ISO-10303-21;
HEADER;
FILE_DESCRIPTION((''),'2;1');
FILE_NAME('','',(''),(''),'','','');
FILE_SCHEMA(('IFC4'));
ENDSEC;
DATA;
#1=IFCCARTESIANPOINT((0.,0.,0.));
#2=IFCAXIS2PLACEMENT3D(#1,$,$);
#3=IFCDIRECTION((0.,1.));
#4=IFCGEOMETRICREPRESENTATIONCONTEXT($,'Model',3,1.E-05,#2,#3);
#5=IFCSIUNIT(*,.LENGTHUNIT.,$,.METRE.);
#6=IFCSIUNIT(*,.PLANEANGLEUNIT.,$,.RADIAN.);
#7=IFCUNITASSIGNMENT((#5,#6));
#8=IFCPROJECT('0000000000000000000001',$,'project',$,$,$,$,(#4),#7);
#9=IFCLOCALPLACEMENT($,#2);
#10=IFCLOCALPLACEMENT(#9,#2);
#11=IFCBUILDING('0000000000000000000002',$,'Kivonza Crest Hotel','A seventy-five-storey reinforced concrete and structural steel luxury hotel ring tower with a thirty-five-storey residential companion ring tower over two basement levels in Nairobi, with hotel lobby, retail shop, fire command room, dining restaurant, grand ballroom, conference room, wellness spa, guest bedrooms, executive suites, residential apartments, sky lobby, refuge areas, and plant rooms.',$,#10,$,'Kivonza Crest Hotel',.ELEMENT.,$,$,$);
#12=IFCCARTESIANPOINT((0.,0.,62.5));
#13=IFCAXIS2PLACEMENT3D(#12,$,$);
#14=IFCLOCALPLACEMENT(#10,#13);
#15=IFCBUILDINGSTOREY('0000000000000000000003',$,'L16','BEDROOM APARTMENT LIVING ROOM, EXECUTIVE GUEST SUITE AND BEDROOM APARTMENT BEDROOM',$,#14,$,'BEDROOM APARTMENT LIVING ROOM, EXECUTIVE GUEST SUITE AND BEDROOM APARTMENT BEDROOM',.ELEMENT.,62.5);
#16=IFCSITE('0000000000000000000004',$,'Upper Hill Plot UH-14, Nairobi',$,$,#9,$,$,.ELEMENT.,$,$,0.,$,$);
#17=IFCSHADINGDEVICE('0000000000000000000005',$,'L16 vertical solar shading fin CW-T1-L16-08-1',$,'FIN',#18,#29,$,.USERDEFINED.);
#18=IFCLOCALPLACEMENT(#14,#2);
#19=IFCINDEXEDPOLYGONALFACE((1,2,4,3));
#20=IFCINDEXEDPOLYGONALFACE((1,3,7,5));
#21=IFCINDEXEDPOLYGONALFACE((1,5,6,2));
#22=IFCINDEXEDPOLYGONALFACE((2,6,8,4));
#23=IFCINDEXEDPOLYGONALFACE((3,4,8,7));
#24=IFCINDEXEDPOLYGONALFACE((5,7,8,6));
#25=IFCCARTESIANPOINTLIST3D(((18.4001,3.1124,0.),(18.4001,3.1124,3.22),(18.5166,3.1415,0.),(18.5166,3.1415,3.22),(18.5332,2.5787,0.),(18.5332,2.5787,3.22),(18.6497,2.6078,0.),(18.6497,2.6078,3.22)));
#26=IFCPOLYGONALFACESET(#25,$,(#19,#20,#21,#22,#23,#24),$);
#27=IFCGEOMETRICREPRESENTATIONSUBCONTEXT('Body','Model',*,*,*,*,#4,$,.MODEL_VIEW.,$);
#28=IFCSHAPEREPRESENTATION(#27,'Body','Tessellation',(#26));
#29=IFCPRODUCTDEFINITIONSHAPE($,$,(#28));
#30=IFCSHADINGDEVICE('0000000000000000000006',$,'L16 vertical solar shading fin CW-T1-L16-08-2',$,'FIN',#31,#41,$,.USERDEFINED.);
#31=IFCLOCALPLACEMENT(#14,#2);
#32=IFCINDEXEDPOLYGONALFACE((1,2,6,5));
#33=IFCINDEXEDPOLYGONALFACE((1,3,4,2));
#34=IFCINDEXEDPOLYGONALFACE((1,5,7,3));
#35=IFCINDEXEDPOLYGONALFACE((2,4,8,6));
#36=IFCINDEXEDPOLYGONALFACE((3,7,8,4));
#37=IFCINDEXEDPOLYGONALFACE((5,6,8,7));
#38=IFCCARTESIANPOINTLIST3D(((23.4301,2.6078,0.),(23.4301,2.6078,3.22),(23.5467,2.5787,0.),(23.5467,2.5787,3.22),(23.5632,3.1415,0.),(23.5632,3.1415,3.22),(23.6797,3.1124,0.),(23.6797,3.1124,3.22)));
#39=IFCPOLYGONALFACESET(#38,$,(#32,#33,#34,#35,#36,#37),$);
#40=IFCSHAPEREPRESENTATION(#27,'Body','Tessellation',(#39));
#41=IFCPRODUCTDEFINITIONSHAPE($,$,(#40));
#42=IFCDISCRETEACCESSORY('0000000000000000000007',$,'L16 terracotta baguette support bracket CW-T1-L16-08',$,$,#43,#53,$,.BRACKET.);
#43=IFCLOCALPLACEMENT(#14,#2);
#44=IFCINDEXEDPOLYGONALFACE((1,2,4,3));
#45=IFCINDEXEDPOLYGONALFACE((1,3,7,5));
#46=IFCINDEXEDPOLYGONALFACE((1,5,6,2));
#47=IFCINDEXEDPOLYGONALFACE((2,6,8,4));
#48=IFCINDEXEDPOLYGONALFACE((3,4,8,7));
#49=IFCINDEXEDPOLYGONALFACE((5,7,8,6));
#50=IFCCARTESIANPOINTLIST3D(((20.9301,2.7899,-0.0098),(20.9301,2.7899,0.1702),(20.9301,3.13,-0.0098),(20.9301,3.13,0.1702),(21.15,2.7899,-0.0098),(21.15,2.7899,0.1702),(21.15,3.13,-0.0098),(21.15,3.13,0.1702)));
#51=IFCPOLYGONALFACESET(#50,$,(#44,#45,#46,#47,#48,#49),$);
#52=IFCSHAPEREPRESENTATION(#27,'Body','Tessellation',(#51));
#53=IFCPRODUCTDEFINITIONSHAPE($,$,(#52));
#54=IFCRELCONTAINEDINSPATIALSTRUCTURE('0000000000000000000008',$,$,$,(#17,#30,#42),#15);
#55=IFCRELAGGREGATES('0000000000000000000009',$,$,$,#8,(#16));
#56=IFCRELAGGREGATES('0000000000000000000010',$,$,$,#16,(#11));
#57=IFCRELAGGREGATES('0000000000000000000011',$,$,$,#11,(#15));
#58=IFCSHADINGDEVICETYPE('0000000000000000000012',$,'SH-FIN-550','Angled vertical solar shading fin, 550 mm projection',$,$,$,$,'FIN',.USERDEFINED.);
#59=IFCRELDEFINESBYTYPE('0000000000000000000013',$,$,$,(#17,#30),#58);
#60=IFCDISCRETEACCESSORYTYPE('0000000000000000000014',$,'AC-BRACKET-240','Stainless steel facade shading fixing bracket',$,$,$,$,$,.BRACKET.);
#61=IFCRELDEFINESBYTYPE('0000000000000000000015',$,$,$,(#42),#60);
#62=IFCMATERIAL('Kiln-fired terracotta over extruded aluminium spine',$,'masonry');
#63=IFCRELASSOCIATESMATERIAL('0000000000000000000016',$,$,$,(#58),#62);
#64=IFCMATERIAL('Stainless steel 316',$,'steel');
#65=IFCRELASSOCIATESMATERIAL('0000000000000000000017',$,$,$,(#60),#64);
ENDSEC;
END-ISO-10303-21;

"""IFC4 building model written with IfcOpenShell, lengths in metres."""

from ifc_helpers import new_model, si_unit, direction, frame, origin, origin_2d, place, context, subcontext, project, spatial, rectangle, extrude, material, type_object, element, save


model = new_model("IFC4")

# Units and contexts
model_context = context("Model", 3, precision=1e-05, world=origin(), true_north=direction((0.0, 1.0)))
body_context = subcontext(model_context, "Body", "Model", "MODEL_VIEW")
ifc_project = project(units=[si_unit("LENGTHUNIT", "METRE"), si_unit("PLANEANGLEUNIT", "RADIAN")], contexts=[model_context])

# Site, building, storey
site_placement = place(None, origin())
site = spatial("IfcSite", under=ifc_project, at=site_placement, Name="Upper Hill Plot UH-14, Nairobi", CompositionType="ELEMENT", RefElevation=0.0)
building_placement = place(site_placement, origin())
building = spatial("IfcBuilding", under=site, at=building_placement, Name="Kivonza Crest Hotel", Description="A seventy-five-storey reinforced concrete and structural steel luxury hotel ring tower with a thirty-five-storey residential companion ring tower over two basement levels in Nairobi, with hotel lobby, retail shop, fire command room, dining restaurant, grand ballroom, conference room, wellness spa, guest bedrooms, executive suites, residential apartments, sky lobby, refuge areas, and plant rooms.", LongName="Kivonza Crest Hotel", CompositionType="ELEMENT")
storey_placement = place(building_placement, frame((0.0, 0.0, 62.5)))
storey = spatial("IfcBuildingStorey", under=building, at=storey_placement, Name="L16", Description="BEDROOM APARTMENT LIVING ROOM, EXECUTIVE GUEST SUITE AND BEDROOM APARTMENT BEDROOM", LongName="BEDROOM APARTMENT LIVING ROOM, EXECUTIVE GUEST SUITE AND BEDROOM APARTMENT BEDROOM", CompositionType="ELEMENT", Elevation=62.5)

# Shading devices
ifc_material_1 = material(Name="Kiln-fired terracotta over extruded aluminium spine", Category="masonry")
shading_device_type_1 = type_object("IfcShadingDeviceType", Name="SH-FIN-550", Description="Angled vertical solar shading fin, 550 mm projection", ElementType="FIN", PredefinedType="USERDEFINED", material=ifc_material_1)
for number, where, z_axis, x_axis, name in (
    (1, (18.5249, 2.8601, 0.0), (0.0, 0.0, 1.0), (0.970296, 0.241922, 0.0), "L16 vertical solar shading fin CW-T1-L16-08-1"),
    (2, (23.5549, 2.8601, 0.0), (0.0, 0.0, 1.0), (0.970296, -0.241922, 0.0), "L16 vertical solar shading fin CW-T1-L16-08-2"),
):
    element("IfcShadingDevice", number, at=place(storey_placement, frame(where, z_axis=z_axis, x_axis=x_axis)), inside=storey, type_object=shading_device_type_1, Name=name, ObjectType="FIN", PredefinedType="USERDEFINED", context=body_context, shape_type="SweptSolid", body=[
        extrude(rectangle(XDim=0.1201, YDim=0.55, at=origin_2d()), origin(), (0.0, 0.0, 1.0), 3.22),
    ])

# Discrete accessory
ifc_material_2 = material(Name="Stainless steel 316", Category="steel")
discrete_accessory_type = type_object("IfcDiscreteAccessoryType", Name="AC-BRACKET-240", Description="Stainless steel facade shading fixing bracket", PredefinedType="BRACKET", material=ifc_material_2)
discrete_accessory_placement = place(storey_placement, frame((21.04, 2.96, -0.0098), z_axis=(0.0, 0.0, 1.0), x_axis=(1.0, 0.0, 0.0)))
element("IfcDiscreteAccessory", 3, at=discrete_accessory_placement, inside=storey, type_object=discrete_accessory_type, Name="L16 terracotta baguette support bracket CW-T1-L16-08", PredefinedType="BRACKET", context=body_context, shape_type="SweptSolid", body=[
    extrude(rectangle(XDim=0.22, YDim=0.3401, at=origin_2d()), origin(), (0.0, 0.0, 1.0), 0.1799),
])

save(model, "model.ifc")
